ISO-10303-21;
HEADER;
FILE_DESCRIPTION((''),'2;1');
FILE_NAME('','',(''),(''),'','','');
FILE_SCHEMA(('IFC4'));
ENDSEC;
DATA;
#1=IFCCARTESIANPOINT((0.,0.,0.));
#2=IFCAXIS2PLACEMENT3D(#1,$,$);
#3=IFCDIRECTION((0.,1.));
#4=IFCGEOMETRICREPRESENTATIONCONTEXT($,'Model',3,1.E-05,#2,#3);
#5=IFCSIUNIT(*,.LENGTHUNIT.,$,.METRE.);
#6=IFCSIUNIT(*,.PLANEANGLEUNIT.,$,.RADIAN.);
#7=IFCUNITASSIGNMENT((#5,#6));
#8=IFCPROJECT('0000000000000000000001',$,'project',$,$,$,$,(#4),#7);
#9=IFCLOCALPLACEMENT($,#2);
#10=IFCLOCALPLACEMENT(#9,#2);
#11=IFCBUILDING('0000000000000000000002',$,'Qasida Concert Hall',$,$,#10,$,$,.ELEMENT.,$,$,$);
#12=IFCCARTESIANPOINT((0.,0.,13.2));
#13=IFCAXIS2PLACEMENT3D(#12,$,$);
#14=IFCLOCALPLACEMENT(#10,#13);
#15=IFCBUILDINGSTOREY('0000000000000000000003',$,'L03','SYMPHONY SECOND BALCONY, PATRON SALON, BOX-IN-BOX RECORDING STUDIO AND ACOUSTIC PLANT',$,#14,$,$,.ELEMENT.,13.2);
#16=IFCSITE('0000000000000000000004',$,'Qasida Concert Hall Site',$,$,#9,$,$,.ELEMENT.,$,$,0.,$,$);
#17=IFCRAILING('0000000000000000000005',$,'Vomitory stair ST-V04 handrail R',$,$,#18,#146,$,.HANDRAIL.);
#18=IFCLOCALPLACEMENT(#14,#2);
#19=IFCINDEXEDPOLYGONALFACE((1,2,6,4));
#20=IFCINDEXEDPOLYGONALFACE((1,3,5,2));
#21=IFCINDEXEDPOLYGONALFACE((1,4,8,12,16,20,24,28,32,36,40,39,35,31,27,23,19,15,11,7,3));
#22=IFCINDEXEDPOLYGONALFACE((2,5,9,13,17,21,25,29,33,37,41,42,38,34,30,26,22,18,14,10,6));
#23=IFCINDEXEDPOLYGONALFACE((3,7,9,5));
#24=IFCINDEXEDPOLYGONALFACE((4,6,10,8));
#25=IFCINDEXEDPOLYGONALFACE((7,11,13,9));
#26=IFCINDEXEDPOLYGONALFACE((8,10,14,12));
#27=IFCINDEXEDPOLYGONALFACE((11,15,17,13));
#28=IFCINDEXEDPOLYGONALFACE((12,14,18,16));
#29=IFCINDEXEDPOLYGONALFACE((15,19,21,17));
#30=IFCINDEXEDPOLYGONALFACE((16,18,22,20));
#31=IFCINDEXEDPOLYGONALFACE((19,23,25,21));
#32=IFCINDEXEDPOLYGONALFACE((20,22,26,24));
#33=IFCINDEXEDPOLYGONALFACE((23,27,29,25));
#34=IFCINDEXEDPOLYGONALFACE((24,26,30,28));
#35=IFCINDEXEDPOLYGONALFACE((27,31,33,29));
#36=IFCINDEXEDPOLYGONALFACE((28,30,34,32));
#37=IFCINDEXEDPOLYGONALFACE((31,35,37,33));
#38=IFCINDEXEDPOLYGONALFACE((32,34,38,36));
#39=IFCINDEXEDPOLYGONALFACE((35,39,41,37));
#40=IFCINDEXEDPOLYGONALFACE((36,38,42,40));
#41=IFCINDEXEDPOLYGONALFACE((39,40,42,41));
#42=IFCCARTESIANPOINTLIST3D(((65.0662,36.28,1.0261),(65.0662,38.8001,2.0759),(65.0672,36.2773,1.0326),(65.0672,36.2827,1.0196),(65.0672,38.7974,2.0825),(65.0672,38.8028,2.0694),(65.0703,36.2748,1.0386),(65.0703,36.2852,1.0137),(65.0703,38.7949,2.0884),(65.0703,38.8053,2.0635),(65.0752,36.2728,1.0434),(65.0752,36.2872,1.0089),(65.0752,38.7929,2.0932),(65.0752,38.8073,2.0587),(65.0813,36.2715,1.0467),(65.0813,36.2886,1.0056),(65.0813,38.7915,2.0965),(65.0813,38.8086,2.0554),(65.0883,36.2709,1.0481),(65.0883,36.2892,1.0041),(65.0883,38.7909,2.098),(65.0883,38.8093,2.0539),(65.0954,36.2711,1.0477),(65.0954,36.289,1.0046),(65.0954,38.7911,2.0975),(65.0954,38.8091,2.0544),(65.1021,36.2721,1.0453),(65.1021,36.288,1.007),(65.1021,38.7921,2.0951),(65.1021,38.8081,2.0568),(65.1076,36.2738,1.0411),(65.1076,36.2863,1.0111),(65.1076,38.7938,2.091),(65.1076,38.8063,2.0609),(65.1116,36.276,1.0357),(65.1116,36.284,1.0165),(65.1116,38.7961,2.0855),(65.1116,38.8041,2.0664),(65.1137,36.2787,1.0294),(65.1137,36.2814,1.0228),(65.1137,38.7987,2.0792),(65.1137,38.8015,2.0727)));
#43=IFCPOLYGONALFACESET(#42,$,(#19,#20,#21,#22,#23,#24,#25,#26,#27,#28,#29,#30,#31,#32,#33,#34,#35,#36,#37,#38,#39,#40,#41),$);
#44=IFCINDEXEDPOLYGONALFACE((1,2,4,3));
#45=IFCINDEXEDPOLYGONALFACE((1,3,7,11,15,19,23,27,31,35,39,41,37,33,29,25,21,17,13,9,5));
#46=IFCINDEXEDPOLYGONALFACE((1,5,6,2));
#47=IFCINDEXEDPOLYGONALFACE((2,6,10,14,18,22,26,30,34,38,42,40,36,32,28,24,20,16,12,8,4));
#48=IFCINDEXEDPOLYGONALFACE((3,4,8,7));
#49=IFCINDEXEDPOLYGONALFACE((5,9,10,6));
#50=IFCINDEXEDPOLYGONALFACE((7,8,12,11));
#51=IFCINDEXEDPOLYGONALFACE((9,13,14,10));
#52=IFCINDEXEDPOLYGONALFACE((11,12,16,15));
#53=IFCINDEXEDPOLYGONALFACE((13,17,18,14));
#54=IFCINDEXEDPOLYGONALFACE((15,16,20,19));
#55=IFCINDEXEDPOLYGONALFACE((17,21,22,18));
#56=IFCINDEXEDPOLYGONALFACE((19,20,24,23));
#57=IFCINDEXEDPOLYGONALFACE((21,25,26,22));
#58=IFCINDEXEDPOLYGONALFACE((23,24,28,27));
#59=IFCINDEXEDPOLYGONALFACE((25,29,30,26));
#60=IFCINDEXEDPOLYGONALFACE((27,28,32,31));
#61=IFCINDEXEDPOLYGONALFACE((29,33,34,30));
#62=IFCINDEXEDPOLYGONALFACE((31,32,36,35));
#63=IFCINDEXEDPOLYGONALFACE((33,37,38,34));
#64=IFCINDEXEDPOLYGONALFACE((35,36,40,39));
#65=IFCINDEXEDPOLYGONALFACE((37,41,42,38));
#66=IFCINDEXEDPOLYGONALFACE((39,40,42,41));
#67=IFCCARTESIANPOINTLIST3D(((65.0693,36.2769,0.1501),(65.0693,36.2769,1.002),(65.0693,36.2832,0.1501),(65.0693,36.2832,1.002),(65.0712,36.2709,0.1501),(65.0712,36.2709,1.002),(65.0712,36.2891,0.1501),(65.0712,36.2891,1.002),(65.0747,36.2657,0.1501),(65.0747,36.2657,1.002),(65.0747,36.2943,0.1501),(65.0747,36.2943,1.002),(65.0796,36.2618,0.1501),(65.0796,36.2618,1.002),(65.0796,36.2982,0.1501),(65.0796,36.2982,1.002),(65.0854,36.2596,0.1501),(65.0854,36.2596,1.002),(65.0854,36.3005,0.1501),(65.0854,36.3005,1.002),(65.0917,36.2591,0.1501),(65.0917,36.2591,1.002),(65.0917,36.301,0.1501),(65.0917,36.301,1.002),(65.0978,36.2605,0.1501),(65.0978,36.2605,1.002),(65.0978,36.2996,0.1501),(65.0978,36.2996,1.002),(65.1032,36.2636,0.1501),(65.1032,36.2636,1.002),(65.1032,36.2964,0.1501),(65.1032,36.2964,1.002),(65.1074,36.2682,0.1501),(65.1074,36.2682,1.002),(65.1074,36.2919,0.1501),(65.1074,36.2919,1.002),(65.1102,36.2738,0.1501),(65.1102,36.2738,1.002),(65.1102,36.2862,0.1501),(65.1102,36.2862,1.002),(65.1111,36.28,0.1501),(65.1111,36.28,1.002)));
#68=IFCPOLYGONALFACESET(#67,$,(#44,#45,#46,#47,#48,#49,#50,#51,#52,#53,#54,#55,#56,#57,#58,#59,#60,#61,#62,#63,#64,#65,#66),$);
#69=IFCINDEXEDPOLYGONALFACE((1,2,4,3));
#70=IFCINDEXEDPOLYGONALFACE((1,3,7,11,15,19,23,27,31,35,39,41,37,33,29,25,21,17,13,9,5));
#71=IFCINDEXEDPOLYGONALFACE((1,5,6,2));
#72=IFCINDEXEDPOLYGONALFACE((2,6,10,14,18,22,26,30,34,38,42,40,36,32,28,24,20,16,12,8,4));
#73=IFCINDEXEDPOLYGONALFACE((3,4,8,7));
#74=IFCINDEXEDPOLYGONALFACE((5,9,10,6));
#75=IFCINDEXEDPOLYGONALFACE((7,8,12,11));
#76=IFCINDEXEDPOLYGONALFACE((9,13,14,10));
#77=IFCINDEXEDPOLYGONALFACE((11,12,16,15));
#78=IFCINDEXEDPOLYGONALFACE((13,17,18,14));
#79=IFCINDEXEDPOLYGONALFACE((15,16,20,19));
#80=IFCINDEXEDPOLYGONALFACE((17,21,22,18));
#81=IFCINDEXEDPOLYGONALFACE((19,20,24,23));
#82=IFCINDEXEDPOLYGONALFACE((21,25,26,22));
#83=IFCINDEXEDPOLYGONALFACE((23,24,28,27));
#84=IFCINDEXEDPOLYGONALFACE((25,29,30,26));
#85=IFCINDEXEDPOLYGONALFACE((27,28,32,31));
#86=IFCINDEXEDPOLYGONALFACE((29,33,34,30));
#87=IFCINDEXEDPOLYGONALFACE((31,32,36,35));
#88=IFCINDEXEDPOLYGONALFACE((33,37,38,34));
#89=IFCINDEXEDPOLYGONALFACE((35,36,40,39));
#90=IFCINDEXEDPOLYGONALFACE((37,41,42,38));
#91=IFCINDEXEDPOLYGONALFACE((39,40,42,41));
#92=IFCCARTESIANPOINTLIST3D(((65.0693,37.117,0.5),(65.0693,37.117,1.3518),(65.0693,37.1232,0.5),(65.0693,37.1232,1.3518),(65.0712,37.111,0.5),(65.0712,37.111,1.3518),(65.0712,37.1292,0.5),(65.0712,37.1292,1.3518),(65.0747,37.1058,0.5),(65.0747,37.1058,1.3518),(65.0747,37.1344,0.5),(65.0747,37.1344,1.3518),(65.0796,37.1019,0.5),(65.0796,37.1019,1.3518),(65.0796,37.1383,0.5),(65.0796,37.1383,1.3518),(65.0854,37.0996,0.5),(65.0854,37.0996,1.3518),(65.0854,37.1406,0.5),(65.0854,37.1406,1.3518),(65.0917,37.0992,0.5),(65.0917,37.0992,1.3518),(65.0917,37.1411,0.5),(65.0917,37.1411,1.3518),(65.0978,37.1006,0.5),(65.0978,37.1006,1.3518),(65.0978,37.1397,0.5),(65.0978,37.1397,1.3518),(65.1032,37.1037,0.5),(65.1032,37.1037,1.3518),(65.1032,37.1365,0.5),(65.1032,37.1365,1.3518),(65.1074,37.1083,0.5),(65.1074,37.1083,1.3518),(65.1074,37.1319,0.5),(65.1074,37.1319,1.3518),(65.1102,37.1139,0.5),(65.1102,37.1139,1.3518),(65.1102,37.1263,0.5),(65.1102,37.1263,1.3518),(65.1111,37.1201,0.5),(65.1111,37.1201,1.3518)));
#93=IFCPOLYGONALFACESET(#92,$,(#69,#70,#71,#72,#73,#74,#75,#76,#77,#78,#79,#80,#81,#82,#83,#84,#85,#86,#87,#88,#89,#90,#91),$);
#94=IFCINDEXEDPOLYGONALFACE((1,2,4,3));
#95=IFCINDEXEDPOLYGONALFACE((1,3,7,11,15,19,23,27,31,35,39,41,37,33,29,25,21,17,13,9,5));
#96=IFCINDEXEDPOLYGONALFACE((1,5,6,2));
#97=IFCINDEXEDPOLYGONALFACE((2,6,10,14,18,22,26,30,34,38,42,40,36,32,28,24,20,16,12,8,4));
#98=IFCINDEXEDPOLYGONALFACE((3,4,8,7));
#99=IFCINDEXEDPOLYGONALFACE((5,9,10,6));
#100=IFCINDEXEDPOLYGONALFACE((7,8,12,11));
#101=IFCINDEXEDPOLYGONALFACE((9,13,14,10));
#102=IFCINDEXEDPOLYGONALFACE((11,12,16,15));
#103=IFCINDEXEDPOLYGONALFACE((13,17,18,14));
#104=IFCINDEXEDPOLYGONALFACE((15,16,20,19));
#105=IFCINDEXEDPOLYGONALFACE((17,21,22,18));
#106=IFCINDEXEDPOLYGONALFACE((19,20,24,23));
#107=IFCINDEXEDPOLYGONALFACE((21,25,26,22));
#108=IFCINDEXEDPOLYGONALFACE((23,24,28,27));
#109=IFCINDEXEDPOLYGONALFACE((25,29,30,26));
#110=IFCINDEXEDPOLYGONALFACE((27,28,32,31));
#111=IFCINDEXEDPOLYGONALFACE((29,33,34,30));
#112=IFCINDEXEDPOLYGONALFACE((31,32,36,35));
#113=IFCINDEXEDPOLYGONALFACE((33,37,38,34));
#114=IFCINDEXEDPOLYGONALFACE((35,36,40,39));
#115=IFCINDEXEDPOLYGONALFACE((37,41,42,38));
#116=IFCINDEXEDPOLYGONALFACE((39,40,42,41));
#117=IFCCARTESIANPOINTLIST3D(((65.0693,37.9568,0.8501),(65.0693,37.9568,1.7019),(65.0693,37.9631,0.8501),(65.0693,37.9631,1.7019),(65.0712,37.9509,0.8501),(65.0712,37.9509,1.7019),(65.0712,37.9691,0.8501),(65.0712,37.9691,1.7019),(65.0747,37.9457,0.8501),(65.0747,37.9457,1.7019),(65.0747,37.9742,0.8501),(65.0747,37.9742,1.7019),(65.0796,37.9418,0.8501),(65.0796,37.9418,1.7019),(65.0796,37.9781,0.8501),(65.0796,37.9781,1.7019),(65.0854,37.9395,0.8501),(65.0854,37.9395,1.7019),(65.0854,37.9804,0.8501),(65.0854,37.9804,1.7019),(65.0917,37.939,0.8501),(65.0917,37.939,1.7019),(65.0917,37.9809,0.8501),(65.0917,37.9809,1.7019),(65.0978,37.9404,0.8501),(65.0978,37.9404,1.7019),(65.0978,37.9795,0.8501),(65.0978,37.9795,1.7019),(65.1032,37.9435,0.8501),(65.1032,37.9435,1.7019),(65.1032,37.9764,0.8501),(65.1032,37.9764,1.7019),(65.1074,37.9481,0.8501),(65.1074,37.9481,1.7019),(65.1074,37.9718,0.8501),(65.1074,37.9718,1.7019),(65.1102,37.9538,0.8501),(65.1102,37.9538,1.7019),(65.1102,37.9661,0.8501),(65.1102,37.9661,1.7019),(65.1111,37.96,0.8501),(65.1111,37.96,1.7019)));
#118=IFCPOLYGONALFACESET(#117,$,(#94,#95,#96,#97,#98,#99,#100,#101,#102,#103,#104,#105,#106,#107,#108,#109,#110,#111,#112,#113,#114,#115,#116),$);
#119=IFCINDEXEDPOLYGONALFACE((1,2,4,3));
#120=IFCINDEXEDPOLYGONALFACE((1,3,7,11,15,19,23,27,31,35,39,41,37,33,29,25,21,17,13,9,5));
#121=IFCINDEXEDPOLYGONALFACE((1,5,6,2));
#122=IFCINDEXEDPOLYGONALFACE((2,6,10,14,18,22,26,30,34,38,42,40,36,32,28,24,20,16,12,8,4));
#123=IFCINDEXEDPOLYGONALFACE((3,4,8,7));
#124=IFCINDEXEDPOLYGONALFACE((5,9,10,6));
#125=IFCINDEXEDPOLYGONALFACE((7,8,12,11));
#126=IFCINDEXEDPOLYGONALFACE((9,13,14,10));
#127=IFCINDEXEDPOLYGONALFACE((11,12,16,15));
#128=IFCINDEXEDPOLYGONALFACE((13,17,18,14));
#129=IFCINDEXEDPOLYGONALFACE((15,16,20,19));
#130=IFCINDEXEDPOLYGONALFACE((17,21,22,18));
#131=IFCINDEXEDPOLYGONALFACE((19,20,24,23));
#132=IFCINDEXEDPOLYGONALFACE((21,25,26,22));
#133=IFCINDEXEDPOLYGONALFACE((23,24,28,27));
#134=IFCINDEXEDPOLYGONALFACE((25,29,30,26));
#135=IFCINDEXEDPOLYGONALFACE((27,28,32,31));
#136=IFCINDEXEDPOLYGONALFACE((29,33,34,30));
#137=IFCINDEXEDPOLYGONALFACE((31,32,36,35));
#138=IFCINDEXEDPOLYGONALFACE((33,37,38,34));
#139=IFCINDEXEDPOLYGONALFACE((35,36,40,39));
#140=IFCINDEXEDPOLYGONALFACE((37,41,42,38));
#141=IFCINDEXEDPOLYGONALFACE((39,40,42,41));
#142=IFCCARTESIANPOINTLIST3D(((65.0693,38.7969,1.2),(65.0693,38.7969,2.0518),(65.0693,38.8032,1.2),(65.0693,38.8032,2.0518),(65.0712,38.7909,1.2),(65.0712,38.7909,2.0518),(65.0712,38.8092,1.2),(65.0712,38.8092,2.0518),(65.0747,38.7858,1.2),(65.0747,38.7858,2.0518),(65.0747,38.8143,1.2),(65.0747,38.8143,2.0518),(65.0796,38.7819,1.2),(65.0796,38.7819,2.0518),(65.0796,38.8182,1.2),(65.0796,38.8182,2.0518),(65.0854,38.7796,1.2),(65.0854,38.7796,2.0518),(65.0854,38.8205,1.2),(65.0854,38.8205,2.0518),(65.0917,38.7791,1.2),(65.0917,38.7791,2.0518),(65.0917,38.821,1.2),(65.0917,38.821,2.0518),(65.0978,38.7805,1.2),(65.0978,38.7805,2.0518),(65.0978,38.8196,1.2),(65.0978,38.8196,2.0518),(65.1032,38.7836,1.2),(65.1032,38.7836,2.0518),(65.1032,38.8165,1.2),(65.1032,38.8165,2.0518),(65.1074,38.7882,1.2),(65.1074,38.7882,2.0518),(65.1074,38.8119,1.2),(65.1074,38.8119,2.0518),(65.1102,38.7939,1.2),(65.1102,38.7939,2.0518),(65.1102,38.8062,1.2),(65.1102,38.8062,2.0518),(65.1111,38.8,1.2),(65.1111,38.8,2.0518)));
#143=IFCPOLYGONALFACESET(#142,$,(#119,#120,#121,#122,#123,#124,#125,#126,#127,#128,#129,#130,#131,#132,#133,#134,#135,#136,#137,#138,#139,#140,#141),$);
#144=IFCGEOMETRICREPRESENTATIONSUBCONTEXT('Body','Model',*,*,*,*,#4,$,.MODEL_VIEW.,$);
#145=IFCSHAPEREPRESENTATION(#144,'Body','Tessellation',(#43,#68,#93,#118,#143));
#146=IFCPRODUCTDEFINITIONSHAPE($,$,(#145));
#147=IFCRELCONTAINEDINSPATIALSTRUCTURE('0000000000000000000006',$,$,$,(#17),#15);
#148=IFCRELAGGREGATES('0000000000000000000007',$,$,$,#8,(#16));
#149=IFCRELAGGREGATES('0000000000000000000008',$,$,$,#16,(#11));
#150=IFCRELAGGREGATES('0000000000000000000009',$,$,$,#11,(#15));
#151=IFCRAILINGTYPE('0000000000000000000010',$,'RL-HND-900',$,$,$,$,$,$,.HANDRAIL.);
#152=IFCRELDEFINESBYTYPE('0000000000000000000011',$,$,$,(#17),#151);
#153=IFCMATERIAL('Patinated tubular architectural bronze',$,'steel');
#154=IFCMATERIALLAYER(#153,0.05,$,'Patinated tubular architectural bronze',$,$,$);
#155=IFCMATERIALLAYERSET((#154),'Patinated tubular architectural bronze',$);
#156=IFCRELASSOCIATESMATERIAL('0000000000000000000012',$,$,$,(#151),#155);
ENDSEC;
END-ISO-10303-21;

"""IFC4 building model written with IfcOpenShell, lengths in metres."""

from ifc_helpers import new_model, si_unit, direction, frame, origin, origin_2d, place, context, subcontext, project, spatial, circle, extrude, material, layer, layer_set, type_object, element, save


model = new_model("IFC4")

# Units and contexts
model_context = context("Model", 3, precision=1e-05, world=origin(), true_north=direction((0.0, 1.0)))
body_context = subcontext(model_context, "Body", "Model", "MODEL_VIEW")
ifc_project = project(units=[si_unit("LENGTHUNIT", "METRE"), si_unit("PLANEANGLEUNIT", "RADIAN")], contexts=[model_context])

# Site, building, storey
site_placement = place(None, origin())
site = spatial("IfcSite", under=ifc_project, at=site_placement, Name="Qasida Concert Hall Site", CompositionType="ELEMENT", RefElevation=0.0)
building_placement = place(site_placement, origin())
building = spatial("IfcBuilding", under=site, at=building_placement, Name="Qasida Concert Hall", CompositionType="ELEMENT")
storey_placement = place(building_placement, frame((0.0, 0.0, 13.2)))
storey = spatial("IfcBuildingStorey", under=building, at=storey_placement, Name="L03", Description="SYMPHONY SECOND BALCONY, PATRON SALON, BOX-IN-BOX RECORDING STUDIO AND ACOUSTIC PLANT", CompositionType="ELEMENT", Elevation=13.2)

# Railing
ifc_material_1 = material(Name="Patinated tubular architectural bronze", Category="steel")
ifc_layer_1 = layer(ifc_material_1, 0.05, Name="Patinated tubular architectural bronze")
ifc_layer_set_1 = layer_set([ifc_layer_1], Name="Patinated tubular architectural bronze")
railing_type_1 = type_object("IfcRailingType", Name="RL-HND-900", PredefinedType="HANDRAIL", material=ifc_layer_set_1)
for number, where, name in (
    (1, (65.0901, 36.28, 0.1501), "Vomitory stair ST-V04 handrail R"),
):
    element("IfcRailing", number, at=place(storey_placement, frame(where)), inside=storey, type_object=railing_type_1, Name=name, PredefinedType="HANDRAIL", context=body_context, shape_type="SweptSolid", body=[
        extrude(circle(Radius=0.0239, at=origin_2d()), frame((0.0, 0.0, 0.876), z_axis=(0.0, 0.923103, 0.384552), x_axis=(-1.0, 0.0, 0.0)), (0.0, 0.0, 1.0), 2.73),
        extrude(circle(Radius=0.021, at=origin_2d()), origin(), (0.0, 0.0, 1.0), 0.8518),
        extrude(circle(Radius=0.021, at=origin_2d()), frame((0.0, 0.8401, 0.3499)), (0.0, 0.0, 1.0), 0.8518),
        extrude(circle(Radius=0.021, at=origin_2d()), frame((0.0, 1.6799, 0.7)), (0.0, 0.0, 1.0), 0.8518),
        extrude(circle(Radius=0.021, at=origin_2d()), frame((0.0, 2.52, 1.0498)), (0.0, 0.0, 1.0), 0.8518),
    ])

save(model, "model.ifc")
